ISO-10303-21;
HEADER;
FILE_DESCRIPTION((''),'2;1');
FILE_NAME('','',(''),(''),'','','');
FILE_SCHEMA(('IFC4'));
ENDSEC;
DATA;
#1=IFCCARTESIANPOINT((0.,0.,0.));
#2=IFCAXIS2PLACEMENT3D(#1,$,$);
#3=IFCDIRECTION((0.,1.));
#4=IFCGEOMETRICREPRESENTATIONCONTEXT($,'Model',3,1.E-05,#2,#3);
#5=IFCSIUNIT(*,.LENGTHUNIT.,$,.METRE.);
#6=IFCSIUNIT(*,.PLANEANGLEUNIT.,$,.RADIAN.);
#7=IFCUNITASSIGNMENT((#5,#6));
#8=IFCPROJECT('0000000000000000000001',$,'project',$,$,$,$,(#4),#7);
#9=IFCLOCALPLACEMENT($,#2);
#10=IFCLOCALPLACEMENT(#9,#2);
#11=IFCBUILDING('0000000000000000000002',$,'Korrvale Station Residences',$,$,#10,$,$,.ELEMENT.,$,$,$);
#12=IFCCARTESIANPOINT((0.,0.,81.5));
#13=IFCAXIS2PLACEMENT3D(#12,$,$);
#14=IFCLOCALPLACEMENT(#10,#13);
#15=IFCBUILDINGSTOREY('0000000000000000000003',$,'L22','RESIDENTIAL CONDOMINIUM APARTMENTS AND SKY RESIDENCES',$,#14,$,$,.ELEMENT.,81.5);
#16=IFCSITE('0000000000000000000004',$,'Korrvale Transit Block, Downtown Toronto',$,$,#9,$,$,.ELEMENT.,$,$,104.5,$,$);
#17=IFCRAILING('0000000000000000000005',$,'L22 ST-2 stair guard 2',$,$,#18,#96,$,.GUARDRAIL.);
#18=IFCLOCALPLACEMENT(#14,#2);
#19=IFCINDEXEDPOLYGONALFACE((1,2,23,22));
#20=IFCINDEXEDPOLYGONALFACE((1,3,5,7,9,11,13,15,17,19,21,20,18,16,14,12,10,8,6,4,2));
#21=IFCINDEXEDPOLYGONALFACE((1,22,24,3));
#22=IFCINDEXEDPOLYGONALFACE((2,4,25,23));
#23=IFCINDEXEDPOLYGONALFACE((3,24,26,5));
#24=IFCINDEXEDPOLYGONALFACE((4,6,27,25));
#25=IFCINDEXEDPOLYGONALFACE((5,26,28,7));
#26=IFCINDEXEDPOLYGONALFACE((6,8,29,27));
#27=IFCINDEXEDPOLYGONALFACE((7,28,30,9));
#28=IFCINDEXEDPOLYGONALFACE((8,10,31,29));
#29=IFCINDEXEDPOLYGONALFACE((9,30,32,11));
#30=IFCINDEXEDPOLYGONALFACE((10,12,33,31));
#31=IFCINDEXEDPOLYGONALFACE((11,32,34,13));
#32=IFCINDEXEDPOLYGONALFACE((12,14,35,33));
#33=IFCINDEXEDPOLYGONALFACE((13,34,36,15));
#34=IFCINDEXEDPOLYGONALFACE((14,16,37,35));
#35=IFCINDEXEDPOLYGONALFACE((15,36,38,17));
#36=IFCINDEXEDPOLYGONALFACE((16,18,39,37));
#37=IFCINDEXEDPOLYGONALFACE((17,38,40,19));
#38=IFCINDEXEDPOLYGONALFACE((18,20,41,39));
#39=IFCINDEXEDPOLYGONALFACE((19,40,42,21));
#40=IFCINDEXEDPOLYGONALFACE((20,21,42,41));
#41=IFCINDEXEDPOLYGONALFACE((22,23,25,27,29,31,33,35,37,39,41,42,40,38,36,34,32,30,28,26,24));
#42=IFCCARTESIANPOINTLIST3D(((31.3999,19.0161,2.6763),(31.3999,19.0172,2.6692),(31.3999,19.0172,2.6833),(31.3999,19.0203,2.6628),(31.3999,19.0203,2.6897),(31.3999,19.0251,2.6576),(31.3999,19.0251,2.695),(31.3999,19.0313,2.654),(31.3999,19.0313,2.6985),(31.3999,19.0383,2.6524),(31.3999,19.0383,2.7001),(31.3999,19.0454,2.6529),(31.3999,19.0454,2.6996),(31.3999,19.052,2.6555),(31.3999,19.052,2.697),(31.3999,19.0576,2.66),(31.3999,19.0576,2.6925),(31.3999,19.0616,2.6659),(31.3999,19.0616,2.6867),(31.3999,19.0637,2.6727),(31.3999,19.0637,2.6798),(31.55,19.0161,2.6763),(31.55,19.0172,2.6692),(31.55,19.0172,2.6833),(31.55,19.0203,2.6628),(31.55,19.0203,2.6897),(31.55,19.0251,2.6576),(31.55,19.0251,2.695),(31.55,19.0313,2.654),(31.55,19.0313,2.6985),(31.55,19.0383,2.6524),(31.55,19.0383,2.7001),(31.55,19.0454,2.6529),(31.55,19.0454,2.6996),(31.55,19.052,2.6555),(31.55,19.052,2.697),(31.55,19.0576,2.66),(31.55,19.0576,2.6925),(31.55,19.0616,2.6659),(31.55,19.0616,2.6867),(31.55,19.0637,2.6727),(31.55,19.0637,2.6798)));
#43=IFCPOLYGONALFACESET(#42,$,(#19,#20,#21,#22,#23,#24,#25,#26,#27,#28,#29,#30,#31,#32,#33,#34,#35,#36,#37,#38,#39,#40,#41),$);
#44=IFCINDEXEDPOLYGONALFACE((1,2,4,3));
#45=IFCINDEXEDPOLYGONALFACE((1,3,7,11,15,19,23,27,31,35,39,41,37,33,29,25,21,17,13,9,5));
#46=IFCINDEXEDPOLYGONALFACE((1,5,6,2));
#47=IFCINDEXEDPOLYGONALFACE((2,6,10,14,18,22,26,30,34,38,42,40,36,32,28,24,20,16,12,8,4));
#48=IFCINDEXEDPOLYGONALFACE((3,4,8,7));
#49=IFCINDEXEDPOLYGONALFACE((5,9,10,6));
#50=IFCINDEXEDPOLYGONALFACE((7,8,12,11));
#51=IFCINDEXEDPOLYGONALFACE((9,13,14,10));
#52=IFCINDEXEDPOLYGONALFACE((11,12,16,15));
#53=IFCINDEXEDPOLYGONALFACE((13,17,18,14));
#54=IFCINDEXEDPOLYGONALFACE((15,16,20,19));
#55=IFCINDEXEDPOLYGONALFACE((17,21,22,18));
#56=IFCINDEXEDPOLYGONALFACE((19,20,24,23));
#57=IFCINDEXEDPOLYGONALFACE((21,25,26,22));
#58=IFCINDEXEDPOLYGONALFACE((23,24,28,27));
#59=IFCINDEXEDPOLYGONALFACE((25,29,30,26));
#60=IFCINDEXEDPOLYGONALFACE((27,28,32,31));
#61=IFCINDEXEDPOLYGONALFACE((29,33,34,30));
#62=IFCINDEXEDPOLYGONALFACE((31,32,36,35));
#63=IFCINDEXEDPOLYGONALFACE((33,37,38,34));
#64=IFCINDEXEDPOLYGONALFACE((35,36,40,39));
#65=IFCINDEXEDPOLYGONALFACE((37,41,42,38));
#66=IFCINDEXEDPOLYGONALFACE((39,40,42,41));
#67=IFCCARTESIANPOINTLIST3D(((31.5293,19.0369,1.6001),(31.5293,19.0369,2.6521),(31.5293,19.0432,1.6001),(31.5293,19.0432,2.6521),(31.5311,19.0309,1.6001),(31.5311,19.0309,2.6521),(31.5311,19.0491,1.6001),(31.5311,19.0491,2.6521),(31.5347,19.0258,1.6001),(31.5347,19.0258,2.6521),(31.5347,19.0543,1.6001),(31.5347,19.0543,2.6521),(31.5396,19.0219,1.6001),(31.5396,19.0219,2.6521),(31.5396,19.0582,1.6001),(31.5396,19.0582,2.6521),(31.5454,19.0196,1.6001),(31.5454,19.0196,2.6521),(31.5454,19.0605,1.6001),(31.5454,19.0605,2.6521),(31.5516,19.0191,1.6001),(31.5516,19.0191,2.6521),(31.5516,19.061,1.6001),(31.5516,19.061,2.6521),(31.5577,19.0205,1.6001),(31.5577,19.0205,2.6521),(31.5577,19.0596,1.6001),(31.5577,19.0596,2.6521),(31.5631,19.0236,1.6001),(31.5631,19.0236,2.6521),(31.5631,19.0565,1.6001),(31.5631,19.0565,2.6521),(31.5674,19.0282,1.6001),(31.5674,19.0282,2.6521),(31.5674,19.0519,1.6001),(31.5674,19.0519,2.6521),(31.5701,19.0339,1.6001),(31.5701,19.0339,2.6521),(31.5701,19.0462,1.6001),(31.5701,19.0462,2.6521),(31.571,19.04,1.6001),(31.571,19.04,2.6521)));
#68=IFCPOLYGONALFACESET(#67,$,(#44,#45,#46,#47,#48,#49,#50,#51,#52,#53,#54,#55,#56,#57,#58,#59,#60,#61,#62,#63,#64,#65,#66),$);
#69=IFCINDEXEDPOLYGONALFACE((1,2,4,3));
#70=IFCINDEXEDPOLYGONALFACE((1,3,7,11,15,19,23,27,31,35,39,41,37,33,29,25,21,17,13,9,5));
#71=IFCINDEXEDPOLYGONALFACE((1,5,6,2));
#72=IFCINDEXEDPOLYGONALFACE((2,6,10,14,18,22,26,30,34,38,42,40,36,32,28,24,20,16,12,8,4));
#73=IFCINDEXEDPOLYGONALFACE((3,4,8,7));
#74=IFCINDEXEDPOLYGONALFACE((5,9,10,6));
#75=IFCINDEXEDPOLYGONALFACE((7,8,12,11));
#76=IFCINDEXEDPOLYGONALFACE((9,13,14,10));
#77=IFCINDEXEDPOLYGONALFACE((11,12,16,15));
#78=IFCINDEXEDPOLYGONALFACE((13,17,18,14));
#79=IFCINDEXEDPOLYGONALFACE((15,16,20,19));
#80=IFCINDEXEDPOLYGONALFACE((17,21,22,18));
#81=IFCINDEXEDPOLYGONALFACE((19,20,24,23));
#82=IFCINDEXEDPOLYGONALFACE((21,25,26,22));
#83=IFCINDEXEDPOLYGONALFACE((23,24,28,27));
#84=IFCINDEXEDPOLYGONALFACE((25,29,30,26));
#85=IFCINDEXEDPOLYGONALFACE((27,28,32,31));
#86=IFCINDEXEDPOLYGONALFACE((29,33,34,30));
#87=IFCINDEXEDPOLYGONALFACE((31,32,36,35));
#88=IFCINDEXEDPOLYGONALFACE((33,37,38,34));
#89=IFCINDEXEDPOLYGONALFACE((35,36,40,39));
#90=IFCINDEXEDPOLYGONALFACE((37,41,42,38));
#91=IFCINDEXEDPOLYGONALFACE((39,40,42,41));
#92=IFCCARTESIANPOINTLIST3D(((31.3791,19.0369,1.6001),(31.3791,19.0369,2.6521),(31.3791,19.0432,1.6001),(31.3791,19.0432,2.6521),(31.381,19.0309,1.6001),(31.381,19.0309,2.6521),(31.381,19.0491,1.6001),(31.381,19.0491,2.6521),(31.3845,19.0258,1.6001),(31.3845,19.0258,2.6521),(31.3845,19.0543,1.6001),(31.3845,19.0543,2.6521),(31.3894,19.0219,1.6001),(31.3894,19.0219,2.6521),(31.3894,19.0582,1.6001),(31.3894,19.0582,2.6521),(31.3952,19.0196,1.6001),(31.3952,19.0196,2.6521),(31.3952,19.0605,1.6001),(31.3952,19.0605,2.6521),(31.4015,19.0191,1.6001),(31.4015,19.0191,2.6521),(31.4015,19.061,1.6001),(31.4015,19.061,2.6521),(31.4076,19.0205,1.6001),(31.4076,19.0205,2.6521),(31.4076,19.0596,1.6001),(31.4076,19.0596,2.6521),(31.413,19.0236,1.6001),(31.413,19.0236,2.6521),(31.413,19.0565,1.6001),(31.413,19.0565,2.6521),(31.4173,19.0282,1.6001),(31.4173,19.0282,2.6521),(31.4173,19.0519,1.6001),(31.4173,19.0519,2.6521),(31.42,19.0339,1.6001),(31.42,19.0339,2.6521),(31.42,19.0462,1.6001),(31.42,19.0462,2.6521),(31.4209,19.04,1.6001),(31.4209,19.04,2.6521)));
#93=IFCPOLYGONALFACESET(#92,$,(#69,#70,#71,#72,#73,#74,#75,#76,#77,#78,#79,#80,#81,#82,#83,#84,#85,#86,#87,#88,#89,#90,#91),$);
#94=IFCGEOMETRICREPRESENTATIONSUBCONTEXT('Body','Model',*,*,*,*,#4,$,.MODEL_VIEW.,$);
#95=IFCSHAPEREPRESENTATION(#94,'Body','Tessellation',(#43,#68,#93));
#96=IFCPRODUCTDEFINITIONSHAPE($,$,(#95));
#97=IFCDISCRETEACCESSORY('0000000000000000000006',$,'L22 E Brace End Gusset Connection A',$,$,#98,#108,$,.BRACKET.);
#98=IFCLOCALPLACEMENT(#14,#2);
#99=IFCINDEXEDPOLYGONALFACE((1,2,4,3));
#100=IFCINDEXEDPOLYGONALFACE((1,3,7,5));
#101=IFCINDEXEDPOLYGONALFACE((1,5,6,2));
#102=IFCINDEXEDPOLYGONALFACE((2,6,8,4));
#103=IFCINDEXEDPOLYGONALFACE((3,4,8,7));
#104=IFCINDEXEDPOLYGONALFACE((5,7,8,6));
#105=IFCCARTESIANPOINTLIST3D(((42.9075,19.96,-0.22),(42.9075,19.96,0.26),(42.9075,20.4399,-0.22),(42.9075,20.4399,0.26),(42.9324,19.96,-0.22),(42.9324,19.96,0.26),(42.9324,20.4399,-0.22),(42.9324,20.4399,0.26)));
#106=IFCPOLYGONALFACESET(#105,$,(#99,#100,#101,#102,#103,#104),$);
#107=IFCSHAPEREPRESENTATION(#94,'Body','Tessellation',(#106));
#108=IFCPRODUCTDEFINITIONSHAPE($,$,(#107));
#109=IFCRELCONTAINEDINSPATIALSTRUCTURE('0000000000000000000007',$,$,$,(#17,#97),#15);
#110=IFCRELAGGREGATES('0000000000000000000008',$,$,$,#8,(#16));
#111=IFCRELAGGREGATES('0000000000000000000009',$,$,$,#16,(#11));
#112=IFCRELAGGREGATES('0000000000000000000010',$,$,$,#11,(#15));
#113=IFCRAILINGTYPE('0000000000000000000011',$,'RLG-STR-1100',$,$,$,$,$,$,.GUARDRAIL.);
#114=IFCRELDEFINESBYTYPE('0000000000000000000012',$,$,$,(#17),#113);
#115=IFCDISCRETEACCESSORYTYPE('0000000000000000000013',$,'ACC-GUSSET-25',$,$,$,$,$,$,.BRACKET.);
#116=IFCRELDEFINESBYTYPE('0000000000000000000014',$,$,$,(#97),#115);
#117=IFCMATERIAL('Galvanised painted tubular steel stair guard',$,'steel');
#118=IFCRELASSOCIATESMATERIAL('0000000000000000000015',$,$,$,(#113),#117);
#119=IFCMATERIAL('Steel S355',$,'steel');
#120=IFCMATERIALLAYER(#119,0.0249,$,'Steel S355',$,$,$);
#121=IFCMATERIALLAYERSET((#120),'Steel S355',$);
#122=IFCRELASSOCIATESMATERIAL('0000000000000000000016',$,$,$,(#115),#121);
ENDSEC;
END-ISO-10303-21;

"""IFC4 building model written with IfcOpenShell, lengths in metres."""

from ifc_helpers import new_model, si_unit, direction, frame, origin, origin_2d, place, context, subcontext, project, spatial, rectangle, circle, extrude, material, layer, layer_set, type_object, element, save


model = new_model("IFC4")

# Units and contexts
model_context = context("Model", 3, precision=1e-05, world=origin(), true_north=direction((0.0, 1.0)))
body_context = subcontext(model_context, "Body", "Model", "MODEL_VIEW")
ifc_project = project(units=[si_unit("LENGTHUNIT", "METRE"), si_unit("PLANEANGLEUNIT", "RADIAN")], contexts=[model_context])

# Site, building, storey
site_placement = place(None, origin())
site = spatial("IfcSite", under=ifc_project, at=site_placement, Name="Korrvale Transit Block, Downtown Toronto", CompositionType="ELEMENT", RefElevation=104.5)
building_placement = place(site_placement, origin())
building = spatial("IfcBuilding", under=site, at=building_placement, Name="Korrvale Station Residences", CompositionType="ELEMENT")
storey_placement = place(building_placement, frame((0.0, 0.0, 81.5)))
storey = spatial("IfcBuildingStorey", under=building, at=storey_placement, Name="L22", Description="RESIDENTIAL CONDOMINIUM APARTMENTS AND SKY RESIDENCES", CompositionType="ELEMENT", Elevation=81.5)

# Shared definitions
ifc_material_1 = material(Name="Steel S355", Category="steel")

# Railing
ifc_material_2 = material(Name="Galvanised painted tubular steel stair guard", Category="steel")
railing_type_1 = type_object("IfcRailingType", Name="RLG-STR-1100", PredefinedType="GUARDRAIL", material=ifc_material_2)
railing_1_placement = place(storey_placement, frame((31.55, 19.04, 1.6001)))
element("IfcRailing", 1, at=railing_1_placement, inside=storey, type_object=railing_type_1, Name="L22 ST-2 stair guard 2", PredefinedType="GUARDRAIL", context=body_context, shape_type="SweptSolid", body=[
    extrude(circle(Radius=0.0239, at=origin_2d()), frame((0.0, 0.0, 1.0762), z_axis=(-1.0, 0.0, 0.0), x_axis=(0.0, -1.0, 0.0)), (0.0, 0.0, 1.0), 0.1501),
    extrude(circle(Radius=0.021, at=origin_2d()), origin(), (0.0, 0.0, 1.0), 1.052),
    extrude(circle(Radius=0.021, at=origin_2d()), frame((-0.1501, 0.0, 0.0)), (0.0, 0.0, 1.0), 1.052),
])

# Discrete accessory
ifc_layer_1 = layer(ifc_material_1, 0.0249, Name="Steel S355")
ifc_layer_set_1 = layer_set([ifc_layer_1], Name="Steel S355")
discrete_accessory_type = type_object("IfcDiscreteAccessoryType", Name="ACC-GUSSET-25", PredefinedType="BRACKET", material=ifc_layer_set_1)
discrete_accessory_placement = place(storey_placement, frame((42.9199, 20.2, -0.22), z_axis=(0.0, 0.0, 1.0), x_axis=(0.0, 1.0, 0.0)))
element("IfcDiscreteAccessory", 2, at=discrete_accessory_placement, inside=storey, type_object=discrete_accessory_type, Name="L22 E Brace End Gusset Connection A", PredefinedType="BRACKET", context=body_context, shape_type="SweptSolid", body=[
    extrude(rectangle(XDim=0.48, YDim=0.0249, at=origin_2d()), origin(), (0.0, 0.0, 1.0), 0.48),
])

save(model, "model.ifc")
